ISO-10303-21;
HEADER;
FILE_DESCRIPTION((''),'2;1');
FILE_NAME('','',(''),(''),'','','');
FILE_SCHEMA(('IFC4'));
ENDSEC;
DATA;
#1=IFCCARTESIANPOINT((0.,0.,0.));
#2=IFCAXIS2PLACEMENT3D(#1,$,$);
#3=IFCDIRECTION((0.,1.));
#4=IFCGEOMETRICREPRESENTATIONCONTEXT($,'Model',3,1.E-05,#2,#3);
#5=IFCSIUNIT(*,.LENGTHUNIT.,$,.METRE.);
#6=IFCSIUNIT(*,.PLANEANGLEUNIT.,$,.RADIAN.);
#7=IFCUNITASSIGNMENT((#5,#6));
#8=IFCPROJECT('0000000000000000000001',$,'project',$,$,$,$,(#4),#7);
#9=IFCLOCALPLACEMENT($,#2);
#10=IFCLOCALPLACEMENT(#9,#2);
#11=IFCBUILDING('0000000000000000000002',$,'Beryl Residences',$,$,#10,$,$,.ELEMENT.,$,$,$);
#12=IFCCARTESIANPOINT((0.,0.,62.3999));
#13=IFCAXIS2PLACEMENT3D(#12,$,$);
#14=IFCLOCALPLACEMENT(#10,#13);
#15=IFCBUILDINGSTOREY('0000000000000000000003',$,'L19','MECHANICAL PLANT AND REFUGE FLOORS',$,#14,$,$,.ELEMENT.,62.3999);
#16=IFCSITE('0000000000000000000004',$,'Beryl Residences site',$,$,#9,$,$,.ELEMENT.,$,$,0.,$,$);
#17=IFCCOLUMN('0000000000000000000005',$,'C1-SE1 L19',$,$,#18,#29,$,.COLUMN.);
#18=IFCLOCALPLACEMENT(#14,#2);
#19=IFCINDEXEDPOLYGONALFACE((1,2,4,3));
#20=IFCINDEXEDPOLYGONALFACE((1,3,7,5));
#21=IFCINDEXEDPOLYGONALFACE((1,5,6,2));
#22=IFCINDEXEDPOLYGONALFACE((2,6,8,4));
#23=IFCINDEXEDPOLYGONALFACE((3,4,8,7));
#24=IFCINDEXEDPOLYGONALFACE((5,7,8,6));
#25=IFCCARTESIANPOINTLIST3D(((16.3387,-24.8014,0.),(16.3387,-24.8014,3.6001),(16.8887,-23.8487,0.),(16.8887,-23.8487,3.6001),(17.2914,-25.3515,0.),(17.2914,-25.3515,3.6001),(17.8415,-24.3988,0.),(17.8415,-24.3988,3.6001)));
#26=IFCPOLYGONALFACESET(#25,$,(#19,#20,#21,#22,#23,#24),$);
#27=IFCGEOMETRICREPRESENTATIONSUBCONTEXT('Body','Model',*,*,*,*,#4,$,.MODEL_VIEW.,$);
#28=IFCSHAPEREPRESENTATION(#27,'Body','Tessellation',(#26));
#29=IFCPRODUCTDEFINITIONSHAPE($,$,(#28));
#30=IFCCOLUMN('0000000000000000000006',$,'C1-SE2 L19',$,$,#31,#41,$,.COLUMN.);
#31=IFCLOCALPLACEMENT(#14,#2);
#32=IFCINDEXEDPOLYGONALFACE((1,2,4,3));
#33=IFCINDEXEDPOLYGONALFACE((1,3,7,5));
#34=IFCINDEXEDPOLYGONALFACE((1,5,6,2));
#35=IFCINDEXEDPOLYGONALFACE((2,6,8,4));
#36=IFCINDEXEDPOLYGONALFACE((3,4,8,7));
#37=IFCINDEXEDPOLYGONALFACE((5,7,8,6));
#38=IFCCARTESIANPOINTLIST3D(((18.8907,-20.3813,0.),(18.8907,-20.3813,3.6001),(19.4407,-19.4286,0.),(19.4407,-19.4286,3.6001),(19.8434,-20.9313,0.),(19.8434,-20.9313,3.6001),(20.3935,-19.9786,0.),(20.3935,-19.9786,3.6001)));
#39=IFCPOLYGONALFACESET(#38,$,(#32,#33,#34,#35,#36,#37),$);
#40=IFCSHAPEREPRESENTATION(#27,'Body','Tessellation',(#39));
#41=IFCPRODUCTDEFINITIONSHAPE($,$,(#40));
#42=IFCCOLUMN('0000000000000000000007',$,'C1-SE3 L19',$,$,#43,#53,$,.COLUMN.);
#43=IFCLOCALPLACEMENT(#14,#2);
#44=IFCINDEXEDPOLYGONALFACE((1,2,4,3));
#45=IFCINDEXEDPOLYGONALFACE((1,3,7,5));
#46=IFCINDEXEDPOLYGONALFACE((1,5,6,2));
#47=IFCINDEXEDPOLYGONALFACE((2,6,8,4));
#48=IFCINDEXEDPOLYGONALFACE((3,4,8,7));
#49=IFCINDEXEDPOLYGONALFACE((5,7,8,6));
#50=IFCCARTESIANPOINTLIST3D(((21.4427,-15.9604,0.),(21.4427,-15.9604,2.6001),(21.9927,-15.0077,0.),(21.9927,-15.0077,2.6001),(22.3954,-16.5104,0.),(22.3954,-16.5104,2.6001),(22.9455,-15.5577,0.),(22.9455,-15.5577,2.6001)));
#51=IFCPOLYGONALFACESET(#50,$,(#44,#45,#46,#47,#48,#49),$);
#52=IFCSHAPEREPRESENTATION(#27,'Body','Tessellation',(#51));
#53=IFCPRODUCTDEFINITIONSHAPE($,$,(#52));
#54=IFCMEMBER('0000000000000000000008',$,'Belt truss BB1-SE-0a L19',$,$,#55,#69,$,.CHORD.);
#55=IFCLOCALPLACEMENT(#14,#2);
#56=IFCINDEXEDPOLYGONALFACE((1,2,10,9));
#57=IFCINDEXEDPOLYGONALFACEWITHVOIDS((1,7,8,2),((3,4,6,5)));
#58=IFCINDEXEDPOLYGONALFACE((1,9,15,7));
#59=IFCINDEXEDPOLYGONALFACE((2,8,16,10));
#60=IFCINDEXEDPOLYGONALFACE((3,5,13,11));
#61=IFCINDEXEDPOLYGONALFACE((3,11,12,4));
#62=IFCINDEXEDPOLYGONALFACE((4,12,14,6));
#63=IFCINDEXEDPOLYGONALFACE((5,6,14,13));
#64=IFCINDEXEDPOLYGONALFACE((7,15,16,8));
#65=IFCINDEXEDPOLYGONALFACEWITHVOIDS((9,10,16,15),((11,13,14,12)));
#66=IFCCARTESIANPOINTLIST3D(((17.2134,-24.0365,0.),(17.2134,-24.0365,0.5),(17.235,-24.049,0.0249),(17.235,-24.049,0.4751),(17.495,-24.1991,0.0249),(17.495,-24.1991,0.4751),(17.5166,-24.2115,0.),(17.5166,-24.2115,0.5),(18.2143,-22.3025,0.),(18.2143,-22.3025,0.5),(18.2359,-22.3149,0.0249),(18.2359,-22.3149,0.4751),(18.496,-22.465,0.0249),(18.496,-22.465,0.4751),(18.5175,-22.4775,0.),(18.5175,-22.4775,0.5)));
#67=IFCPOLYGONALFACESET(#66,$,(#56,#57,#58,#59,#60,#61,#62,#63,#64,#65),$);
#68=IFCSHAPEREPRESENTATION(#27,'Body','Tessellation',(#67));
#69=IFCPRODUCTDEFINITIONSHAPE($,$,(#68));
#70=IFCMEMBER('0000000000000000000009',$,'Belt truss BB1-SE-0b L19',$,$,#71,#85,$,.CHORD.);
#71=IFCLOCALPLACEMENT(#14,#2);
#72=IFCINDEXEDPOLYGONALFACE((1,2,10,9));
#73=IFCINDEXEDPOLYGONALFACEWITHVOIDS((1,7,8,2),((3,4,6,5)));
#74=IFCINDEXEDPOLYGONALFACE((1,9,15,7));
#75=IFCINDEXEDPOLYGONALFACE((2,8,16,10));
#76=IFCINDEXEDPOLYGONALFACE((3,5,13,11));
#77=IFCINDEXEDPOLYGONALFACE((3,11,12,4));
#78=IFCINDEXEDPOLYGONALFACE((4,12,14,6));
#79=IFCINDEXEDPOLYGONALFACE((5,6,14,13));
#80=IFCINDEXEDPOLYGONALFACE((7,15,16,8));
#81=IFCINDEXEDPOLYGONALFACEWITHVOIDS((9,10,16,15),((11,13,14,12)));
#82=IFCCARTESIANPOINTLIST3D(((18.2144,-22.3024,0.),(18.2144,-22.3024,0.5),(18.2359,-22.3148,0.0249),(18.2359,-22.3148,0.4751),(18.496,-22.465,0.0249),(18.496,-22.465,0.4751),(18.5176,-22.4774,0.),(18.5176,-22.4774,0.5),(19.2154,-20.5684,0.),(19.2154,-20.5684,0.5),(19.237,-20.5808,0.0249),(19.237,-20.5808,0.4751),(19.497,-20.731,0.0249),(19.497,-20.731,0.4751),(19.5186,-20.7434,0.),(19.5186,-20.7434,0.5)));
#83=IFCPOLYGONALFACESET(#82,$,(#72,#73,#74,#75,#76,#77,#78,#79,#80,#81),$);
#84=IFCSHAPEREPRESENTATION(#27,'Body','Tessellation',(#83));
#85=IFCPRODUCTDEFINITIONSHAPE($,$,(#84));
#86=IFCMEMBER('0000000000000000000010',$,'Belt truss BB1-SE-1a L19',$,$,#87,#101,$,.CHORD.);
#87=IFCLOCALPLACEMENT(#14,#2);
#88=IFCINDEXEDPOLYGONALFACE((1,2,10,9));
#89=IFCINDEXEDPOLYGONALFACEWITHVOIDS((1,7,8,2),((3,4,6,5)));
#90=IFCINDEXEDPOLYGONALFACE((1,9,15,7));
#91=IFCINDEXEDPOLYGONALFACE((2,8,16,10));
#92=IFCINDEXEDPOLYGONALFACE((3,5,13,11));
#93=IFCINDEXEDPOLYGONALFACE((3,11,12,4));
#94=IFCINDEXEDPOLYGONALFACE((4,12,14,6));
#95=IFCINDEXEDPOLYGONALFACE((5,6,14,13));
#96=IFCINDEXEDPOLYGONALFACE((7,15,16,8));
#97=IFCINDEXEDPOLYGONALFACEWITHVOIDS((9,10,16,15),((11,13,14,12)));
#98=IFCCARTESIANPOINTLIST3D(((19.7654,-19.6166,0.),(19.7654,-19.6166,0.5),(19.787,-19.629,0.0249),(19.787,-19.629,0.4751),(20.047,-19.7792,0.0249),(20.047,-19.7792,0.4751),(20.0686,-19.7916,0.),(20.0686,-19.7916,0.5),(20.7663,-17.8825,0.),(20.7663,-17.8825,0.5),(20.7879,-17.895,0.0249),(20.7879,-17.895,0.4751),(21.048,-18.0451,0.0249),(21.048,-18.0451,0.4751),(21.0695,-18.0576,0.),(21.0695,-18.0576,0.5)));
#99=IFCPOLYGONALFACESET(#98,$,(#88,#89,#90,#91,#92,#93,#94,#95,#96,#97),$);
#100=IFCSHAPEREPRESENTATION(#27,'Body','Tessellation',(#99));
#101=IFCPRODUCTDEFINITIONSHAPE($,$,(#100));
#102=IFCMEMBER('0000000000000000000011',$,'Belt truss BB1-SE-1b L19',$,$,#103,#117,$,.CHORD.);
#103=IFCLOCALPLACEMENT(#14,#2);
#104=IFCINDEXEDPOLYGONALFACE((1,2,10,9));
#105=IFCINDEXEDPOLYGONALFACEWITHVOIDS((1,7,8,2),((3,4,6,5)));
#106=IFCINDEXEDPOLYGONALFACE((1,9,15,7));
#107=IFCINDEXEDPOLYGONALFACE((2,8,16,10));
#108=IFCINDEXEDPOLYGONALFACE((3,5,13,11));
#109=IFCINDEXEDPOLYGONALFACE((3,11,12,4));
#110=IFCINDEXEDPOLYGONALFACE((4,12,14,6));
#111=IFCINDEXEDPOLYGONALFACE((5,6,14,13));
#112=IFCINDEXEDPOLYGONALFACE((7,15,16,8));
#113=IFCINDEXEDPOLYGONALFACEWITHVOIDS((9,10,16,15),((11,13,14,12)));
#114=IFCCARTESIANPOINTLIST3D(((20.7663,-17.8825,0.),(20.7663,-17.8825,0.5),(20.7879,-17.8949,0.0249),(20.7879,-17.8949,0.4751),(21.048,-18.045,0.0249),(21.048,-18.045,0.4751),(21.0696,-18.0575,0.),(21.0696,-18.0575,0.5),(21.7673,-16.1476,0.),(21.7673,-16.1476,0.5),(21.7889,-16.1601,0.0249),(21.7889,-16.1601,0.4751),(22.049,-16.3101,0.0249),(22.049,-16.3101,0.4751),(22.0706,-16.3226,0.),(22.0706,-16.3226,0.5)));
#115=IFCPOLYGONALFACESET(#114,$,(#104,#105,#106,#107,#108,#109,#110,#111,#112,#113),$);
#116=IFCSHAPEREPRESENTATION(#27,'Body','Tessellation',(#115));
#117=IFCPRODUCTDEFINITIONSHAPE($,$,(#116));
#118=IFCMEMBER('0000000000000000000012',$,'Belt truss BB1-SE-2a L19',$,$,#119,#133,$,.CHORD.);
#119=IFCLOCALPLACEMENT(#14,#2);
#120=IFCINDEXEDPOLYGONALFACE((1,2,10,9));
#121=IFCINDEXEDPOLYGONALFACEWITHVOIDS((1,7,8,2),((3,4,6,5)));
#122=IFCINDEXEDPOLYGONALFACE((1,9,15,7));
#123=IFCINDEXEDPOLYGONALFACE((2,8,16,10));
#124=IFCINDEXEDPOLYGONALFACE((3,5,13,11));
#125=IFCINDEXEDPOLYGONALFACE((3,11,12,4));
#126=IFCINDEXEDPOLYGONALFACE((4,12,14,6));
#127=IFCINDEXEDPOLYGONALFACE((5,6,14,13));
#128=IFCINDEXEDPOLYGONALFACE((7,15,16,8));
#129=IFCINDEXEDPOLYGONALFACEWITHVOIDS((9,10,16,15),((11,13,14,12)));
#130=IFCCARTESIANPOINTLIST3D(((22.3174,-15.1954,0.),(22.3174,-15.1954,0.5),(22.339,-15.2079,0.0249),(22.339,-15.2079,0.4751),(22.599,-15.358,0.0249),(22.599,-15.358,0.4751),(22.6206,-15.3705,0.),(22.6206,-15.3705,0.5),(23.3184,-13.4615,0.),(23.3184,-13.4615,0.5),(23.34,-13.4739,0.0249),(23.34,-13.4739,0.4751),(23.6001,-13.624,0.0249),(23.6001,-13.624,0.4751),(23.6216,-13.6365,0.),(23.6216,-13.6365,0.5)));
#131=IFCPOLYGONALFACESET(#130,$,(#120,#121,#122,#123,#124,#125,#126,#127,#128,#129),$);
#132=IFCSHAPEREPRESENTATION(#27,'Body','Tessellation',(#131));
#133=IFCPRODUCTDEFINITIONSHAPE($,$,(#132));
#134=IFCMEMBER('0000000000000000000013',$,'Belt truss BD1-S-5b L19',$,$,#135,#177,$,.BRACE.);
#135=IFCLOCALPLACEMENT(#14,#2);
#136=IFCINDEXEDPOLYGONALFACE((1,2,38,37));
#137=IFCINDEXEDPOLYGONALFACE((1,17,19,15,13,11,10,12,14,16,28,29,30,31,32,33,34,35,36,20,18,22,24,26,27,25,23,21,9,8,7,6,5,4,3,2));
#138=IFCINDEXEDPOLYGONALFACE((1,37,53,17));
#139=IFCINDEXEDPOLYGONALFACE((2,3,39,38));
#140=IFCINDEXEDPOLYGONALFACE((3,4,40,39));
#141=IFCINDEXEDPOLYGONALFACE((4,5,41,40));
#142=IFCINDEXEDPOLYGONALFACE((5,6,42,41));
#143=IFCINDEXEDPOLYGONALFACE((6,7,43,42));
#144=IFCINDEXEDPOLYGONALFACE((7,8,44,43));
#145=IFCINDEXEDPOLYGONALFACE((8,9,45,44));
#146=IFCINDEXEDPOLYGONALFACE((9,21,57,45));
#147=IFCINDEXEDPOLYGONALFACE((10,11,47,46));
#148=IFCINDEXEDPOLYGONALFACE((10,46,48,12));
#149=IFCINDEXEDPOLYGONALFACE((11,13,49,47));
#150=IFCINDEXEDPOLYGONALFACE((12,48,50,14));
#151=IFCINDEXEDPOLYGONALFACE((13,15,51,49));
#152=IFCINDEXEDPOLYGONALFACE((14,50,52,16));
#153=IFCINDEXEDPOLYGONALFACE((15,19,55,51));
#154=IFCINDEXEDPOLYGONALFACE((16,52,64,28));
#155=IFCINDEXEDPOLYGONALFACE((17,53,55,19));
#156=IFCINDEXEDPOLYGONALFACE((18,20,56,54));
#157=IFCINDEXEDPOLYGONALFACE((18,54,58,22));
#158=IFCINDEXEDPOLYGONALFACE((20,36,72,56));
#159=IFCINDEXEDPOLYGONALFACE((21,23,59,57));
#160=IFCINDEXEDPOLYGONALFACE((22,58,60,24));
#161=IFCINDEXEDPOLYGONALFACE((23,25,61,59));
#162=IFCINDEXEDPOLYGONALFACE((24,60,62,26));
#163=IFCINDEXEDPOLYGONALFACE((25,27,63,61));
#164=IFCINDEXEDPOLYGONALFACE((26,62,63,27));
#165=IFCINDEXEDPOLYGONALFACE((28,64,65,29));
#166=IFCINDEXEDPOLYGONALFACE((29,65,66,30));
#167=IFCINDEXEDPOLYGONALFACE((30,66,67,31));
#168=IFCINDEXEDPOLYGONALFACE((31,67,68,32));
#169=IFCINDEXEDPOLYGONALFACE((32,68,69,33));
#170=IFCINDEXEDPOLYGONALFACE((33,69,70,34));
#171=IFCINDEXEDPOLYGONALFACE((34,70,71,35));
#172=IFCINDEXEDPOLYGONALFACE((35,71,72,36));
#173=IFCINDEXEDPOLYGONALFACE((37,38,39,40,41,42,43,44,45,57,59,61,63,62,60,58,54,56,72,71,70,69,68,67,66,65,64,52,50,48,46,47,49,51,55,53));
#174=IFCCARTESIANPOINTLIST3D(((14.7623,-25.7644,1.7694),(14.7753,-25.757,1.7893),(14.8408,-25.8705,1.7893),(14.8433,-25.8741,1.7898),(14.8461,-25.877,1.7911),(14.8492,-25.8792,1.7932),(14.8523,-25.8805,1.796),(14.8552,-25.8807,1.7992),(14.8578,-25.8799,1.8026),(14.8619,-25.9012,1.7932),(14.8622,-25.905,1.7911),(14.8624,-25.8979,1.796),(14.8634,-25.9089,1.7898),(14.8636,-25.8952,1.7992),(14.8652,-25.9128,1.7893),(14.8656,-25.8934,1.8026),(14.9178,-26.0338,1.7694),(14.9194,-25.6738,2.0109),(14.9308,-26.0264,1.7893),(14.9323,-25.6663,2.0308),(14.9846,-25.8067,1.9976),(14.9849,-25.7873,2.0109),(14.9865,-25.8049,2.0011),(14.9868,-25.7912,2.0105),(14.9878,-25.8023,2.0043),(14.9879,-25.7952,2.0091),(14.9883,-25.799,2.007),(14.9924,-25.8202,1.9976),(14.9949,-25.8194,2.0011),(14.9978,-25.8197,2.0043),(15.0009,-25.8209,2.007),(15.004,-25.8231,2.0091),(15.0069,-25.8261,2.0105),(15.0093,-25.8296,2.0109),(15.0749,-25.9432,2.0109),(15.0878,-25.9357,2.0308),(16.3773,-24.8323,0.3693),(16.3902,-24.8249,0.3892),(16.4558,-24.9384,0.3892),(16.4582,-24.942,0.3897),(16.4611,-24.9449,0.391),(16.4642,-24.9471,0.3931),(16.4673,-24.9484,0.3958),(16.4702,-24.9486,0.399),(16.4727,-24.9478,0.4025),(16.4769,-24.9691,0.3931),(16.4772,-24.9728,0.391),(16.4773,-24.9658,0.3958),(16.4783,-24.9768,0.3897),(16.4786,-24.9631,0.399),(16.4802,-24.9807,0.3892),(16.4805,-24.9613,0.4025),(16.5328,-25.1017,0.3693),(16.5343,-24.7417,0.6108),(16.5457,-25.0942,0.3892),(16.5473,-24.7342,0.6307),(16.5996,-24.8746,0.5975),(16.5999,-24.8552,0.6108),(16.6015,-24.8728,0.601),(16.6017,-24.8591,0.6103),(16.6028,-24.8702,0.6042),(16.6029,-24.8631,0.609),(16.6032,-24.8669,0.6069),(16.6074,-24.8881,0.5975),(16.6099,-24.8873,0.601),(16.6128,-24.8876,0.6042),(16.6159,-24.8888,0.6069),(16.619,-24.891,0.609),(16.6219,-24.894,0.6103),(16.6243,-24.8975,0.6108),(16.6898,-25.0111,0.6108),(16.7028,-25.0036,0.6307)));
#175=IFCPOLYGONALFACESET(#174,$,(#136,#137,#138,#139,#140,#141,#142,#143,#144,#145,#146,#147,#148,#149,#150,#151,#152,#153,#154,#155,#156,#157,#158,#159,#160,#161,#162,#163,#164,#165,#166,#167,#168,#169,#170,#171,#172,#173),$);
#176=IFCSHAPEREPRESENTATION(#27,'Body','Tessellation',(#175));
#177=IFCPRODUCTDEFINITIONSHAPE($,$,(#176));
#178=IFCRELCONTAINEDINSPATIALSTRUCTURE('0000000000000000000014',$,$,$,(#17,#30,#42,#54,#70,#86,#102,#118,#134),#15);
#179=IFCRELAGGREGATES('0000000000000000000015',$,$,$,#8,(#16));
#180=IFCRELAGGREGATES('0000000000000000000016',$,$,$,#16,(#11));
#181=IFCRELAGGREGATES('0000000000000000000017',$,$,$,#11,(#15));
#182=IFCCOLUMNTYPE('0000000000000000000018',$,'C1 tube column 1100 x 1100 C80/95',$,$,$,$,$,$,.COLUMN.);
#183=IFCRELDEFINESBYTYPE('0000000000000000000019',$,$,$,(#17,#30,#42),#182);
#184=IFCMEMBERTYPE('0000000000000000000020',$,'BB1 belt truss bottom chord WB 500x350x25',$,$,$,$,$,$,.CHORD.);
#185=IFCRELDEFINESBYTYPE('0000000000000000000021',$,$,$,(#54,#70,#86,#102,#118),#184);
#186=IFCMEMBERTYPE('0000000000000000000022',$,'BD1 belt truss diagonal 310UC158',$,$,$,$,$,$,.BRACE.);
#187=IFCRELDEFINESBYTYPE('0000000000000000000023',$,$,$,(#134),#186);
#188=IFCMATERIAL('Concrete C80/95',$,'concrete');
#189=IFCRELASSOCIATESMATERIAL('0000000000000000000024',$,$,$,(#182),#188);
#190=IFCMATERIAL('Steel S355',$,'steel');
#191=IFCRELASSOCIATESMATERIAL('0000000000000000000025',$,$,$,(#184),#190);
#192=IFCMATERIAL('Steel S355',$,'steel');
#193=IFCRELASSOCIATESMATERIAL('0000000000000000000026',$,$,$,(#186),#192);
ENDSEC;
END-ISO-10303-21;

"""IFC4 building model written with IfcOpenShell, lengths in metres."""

from ifc_helpers import new_model, si_unit, direction, frame, origin, origin_2d, place, context, subcontext, project, spatial, rectangle, hollow_rectangle, i_section, extrude, material, material_profile, profile_set, type_object, element, save


model = new_model("IFC4")

# Units and contexts
model_context = context("Model", 3, precision=1e-05, world=origin(), true_north=direction((0.0, 1.0)))
body_context = subcontext(model_context, "Body", "Model", "MODEL_VIEW")
ifc_project = project(units=[si_unit("LENGTHUNIT", "METRE"), si_unit("PLANEANGLEUNIT", "RADIAN")], contexts=[model_context])

# Site, building, storey
site_placement = place(None, origin())
site = spatial("IfcSite", under=ifc_project, at=site_placement, Name="Beryl Residences site", CompositionType="ELEMENT", RefElevation=0.0)
building_placement = place(site_placement, origin())
building = spatial("IfcBuilding", under=site, at=building_placement, Name="Beryl Residences", CompositionType="ELEMENT")
storey_placement = place(building_placement, frame((0.0, 0.0, 62.3999)))
storey = spatial("IfcBuildingStorey", under=building, at=storey_placement, Name="L19", Description="MECHANICAL PLANT AND REFUGE FLOORS", CompositionType="ELEMENT", Elevation=62.3999)

# Columns
ifc_material_1 = material(Name="Concrete C80/95", Category="concrete")
ifc_material_profile_1 = material_profile(ifc_material_1, rectangle(XDim=1.1001, YDim=1.1001, at=origin_2d()))
ifc_profile_set_1 = profile_set([ifc_material_profile_1], Name="Concrete C80/95")
column_type = type_object("IfcColumnType", Name="C1 tube column 1100 x 1100 C80/95", PredefinedType="COLUMN", material=ifc_profile_set_1)
for number, where, z_axis, x_axis, name in (
    (1, (17.0901, -24.6001, 0.0), (0.0, 0.0, 1.0), (0.499985, 0.866034, 0.0), "C1-SE1 L19"),
    (2, (19.6421, -20.1799, 0.0), (0.0, 0.0, 1.0), (0.499985, 0.866034, 0.0), "C1-SE2 L19"),
):
    element("IfcColumn", number, at=place(storey_placement, frame(where, z_axis=z_axis, x_axis=x_axis)), inside=storey, type_object=column_type, Name=name, PredefinedType="COLUMN", context=body_context, shape_type="SweptSolid", body=[
        extrude(rectangle(XDim=1.1001, YDim=1.1001, at=origin_2d()), origin(), (0.0, 0.0, 1.0), 3.6001),
    ])
column_placement = place(storey_placement, frame((22.1941, -15.759, 0.0), z_axis=(0.0, 0.0, 1.0), x_axis=(0.499985, 0.866034, 0.0)))
element("IfcColumn", 3, at=column_placement, inside=storey, type_object=column_type, Name="C1-SE3 L19", PredefinedType="COLUMN", context=body_context, shape_type="SweptSolid", body=[
    extrude(rectangle(XDim=1.1001, YDim=1.1001, at=origin_2d()), origin(), (0.0, 0.0, 1.0), 2.6001),
])

# Members
ifc_material_2 = material(Name="Steel S355", Category="steel")
ifc_material_profile_2 = material_profile(ifc_material_2, hollow_rectangle(XDim=0.3501, YDim=0.5, WallThickness=0.0249, at=origin_2d()))
ifc_profile_set_2 = profile_set([ifc_material_profile_2], Name="Steel S355")
member_type_1 = type_object("IfcMemberType", Name="BB1 belt truss bottom chord WB 500x350x25", PredefinedType="CHORD", material=ifc_profile_set_2)
for number, where, z_axis, x_axis, name in (
    (4, (17.365, -24.124, 0.25), (0.499916, 0.866074, 0.0), (-0.866074, 0.499916, 0.0), "Belt truss BB1-SE-0a L19"),
    (5, (18.366, -22.3899, 0.25), (0.499969, 0.866043, 0.0), (-0.866043, 0.499969, 0.0), "Belt truss BB1-SE-0b L19"),
    (6, (19.917, -19.7041, 0.25), (0.499916, 0.866074, 0.0), (-0.866074, 0.499916, 0.0), "Belt truss BB1-SE-1a L19"),
):
    element("IfcMember", number, at=place(storey_placement, frame(where, z_axis=z_axis, x_axis=x_axis)), inside=storey, type_object=member_type_1, Name=name, PredefinedType="CHORD", context=body_context, shape_type="SweptSolid", body=[
        extrude(hollow_rectangle(XDim=0.3501, YDim=0.5, WallThickness=0.0249, at=origin_2d()), origin(), (0.0, 0.0, 1.0), 2.0022),
    ])
member_1_placement = place(storey_placement, frame((20.918, -17.97, 0.25), z_axis=(0.499758, 0.866165, 0.0), x_axis=(-0.866165, 0.499758, 0.0)))
element("IfcMember", 7, at=member_1_placement, inside=storey, type_object=member_type_1, Name="Belt truss BB1-SE-1b L19", PredefinedType="CHORD", context=body_context, shape_type="SweptSolid", body=[
    extrude(hollow_rectangle(XDim=0.3501, YDim=0.5, WallThickness=0.0249, at=origin_2d()), origin(), (0.0, 0.0, 1.0), 2.0029),
])
member_2_placement = place(storey_placement, frame((22.469, -15.283, 0.25), z_axis=(0.499969, 0.866043, 0.0), x_axis=(-0.866043, 0.499969, 0.0)))
element("IfcMember", 8, at=member_2_placement, inside=storey, type_object=member_type_1, Name="Belt truss BB1-SE-2a L19", PredefinedType="CHORD", context=body_context, shape_type="SweptSolid", body=[
    extrude(hollow_rectangle(XDim=0.3501, YDim=0.5, WallThickness=0.0249, at=origin_2d()), origin(), (0.0, 0.0, 1.0), 2.0022),
])
ifc_material_3 = material(Name="Steel S355", Category="steel")
ifc_material_profile_3 = material_profile(ifc_material_3, i_section(OverallWidth=0.311, OverallDepth=0.3269, WebThickness=0.0156, FlangeThickness=0.0249, FilletRadius=0.0166, at=origin_2d()))
ifc_profile_set_3 = profile_set([ifc_material_profile_3], Name="Steel S355")
member_type_2 = type_object("IfcMemberType", Name="BD1 belt truss diagonal 310UC158", PredefinedType="BRACE", material=ifc_profile_set_3)
member_3_placement = place(storey_placement, frame((16.54, -24.918, 0.5), z_axis=(-0.692583, -0.39974, 0.600448), x_axis=(0.499885, -0.866092, 0.0)))
element("IfcMember", 9, at=member_3_placement, inside=storey, type_object=member_type_2, Name="Belt truss BD1-S-5b L19", PredefinedType="BRACE", context=body_context, shape_type="SweptSolid", body=[
    extrude(i_section(OverallWidth=0.311, OverallDepth=0.3269, WebThickness=0.0156, FlangeThickness=0.0249, FilletRadius=0.0166, at=origin_2d()), origin(), (0.0, 0.0, 1.0), 2.3318),
])

save(model, "model.ifc")
